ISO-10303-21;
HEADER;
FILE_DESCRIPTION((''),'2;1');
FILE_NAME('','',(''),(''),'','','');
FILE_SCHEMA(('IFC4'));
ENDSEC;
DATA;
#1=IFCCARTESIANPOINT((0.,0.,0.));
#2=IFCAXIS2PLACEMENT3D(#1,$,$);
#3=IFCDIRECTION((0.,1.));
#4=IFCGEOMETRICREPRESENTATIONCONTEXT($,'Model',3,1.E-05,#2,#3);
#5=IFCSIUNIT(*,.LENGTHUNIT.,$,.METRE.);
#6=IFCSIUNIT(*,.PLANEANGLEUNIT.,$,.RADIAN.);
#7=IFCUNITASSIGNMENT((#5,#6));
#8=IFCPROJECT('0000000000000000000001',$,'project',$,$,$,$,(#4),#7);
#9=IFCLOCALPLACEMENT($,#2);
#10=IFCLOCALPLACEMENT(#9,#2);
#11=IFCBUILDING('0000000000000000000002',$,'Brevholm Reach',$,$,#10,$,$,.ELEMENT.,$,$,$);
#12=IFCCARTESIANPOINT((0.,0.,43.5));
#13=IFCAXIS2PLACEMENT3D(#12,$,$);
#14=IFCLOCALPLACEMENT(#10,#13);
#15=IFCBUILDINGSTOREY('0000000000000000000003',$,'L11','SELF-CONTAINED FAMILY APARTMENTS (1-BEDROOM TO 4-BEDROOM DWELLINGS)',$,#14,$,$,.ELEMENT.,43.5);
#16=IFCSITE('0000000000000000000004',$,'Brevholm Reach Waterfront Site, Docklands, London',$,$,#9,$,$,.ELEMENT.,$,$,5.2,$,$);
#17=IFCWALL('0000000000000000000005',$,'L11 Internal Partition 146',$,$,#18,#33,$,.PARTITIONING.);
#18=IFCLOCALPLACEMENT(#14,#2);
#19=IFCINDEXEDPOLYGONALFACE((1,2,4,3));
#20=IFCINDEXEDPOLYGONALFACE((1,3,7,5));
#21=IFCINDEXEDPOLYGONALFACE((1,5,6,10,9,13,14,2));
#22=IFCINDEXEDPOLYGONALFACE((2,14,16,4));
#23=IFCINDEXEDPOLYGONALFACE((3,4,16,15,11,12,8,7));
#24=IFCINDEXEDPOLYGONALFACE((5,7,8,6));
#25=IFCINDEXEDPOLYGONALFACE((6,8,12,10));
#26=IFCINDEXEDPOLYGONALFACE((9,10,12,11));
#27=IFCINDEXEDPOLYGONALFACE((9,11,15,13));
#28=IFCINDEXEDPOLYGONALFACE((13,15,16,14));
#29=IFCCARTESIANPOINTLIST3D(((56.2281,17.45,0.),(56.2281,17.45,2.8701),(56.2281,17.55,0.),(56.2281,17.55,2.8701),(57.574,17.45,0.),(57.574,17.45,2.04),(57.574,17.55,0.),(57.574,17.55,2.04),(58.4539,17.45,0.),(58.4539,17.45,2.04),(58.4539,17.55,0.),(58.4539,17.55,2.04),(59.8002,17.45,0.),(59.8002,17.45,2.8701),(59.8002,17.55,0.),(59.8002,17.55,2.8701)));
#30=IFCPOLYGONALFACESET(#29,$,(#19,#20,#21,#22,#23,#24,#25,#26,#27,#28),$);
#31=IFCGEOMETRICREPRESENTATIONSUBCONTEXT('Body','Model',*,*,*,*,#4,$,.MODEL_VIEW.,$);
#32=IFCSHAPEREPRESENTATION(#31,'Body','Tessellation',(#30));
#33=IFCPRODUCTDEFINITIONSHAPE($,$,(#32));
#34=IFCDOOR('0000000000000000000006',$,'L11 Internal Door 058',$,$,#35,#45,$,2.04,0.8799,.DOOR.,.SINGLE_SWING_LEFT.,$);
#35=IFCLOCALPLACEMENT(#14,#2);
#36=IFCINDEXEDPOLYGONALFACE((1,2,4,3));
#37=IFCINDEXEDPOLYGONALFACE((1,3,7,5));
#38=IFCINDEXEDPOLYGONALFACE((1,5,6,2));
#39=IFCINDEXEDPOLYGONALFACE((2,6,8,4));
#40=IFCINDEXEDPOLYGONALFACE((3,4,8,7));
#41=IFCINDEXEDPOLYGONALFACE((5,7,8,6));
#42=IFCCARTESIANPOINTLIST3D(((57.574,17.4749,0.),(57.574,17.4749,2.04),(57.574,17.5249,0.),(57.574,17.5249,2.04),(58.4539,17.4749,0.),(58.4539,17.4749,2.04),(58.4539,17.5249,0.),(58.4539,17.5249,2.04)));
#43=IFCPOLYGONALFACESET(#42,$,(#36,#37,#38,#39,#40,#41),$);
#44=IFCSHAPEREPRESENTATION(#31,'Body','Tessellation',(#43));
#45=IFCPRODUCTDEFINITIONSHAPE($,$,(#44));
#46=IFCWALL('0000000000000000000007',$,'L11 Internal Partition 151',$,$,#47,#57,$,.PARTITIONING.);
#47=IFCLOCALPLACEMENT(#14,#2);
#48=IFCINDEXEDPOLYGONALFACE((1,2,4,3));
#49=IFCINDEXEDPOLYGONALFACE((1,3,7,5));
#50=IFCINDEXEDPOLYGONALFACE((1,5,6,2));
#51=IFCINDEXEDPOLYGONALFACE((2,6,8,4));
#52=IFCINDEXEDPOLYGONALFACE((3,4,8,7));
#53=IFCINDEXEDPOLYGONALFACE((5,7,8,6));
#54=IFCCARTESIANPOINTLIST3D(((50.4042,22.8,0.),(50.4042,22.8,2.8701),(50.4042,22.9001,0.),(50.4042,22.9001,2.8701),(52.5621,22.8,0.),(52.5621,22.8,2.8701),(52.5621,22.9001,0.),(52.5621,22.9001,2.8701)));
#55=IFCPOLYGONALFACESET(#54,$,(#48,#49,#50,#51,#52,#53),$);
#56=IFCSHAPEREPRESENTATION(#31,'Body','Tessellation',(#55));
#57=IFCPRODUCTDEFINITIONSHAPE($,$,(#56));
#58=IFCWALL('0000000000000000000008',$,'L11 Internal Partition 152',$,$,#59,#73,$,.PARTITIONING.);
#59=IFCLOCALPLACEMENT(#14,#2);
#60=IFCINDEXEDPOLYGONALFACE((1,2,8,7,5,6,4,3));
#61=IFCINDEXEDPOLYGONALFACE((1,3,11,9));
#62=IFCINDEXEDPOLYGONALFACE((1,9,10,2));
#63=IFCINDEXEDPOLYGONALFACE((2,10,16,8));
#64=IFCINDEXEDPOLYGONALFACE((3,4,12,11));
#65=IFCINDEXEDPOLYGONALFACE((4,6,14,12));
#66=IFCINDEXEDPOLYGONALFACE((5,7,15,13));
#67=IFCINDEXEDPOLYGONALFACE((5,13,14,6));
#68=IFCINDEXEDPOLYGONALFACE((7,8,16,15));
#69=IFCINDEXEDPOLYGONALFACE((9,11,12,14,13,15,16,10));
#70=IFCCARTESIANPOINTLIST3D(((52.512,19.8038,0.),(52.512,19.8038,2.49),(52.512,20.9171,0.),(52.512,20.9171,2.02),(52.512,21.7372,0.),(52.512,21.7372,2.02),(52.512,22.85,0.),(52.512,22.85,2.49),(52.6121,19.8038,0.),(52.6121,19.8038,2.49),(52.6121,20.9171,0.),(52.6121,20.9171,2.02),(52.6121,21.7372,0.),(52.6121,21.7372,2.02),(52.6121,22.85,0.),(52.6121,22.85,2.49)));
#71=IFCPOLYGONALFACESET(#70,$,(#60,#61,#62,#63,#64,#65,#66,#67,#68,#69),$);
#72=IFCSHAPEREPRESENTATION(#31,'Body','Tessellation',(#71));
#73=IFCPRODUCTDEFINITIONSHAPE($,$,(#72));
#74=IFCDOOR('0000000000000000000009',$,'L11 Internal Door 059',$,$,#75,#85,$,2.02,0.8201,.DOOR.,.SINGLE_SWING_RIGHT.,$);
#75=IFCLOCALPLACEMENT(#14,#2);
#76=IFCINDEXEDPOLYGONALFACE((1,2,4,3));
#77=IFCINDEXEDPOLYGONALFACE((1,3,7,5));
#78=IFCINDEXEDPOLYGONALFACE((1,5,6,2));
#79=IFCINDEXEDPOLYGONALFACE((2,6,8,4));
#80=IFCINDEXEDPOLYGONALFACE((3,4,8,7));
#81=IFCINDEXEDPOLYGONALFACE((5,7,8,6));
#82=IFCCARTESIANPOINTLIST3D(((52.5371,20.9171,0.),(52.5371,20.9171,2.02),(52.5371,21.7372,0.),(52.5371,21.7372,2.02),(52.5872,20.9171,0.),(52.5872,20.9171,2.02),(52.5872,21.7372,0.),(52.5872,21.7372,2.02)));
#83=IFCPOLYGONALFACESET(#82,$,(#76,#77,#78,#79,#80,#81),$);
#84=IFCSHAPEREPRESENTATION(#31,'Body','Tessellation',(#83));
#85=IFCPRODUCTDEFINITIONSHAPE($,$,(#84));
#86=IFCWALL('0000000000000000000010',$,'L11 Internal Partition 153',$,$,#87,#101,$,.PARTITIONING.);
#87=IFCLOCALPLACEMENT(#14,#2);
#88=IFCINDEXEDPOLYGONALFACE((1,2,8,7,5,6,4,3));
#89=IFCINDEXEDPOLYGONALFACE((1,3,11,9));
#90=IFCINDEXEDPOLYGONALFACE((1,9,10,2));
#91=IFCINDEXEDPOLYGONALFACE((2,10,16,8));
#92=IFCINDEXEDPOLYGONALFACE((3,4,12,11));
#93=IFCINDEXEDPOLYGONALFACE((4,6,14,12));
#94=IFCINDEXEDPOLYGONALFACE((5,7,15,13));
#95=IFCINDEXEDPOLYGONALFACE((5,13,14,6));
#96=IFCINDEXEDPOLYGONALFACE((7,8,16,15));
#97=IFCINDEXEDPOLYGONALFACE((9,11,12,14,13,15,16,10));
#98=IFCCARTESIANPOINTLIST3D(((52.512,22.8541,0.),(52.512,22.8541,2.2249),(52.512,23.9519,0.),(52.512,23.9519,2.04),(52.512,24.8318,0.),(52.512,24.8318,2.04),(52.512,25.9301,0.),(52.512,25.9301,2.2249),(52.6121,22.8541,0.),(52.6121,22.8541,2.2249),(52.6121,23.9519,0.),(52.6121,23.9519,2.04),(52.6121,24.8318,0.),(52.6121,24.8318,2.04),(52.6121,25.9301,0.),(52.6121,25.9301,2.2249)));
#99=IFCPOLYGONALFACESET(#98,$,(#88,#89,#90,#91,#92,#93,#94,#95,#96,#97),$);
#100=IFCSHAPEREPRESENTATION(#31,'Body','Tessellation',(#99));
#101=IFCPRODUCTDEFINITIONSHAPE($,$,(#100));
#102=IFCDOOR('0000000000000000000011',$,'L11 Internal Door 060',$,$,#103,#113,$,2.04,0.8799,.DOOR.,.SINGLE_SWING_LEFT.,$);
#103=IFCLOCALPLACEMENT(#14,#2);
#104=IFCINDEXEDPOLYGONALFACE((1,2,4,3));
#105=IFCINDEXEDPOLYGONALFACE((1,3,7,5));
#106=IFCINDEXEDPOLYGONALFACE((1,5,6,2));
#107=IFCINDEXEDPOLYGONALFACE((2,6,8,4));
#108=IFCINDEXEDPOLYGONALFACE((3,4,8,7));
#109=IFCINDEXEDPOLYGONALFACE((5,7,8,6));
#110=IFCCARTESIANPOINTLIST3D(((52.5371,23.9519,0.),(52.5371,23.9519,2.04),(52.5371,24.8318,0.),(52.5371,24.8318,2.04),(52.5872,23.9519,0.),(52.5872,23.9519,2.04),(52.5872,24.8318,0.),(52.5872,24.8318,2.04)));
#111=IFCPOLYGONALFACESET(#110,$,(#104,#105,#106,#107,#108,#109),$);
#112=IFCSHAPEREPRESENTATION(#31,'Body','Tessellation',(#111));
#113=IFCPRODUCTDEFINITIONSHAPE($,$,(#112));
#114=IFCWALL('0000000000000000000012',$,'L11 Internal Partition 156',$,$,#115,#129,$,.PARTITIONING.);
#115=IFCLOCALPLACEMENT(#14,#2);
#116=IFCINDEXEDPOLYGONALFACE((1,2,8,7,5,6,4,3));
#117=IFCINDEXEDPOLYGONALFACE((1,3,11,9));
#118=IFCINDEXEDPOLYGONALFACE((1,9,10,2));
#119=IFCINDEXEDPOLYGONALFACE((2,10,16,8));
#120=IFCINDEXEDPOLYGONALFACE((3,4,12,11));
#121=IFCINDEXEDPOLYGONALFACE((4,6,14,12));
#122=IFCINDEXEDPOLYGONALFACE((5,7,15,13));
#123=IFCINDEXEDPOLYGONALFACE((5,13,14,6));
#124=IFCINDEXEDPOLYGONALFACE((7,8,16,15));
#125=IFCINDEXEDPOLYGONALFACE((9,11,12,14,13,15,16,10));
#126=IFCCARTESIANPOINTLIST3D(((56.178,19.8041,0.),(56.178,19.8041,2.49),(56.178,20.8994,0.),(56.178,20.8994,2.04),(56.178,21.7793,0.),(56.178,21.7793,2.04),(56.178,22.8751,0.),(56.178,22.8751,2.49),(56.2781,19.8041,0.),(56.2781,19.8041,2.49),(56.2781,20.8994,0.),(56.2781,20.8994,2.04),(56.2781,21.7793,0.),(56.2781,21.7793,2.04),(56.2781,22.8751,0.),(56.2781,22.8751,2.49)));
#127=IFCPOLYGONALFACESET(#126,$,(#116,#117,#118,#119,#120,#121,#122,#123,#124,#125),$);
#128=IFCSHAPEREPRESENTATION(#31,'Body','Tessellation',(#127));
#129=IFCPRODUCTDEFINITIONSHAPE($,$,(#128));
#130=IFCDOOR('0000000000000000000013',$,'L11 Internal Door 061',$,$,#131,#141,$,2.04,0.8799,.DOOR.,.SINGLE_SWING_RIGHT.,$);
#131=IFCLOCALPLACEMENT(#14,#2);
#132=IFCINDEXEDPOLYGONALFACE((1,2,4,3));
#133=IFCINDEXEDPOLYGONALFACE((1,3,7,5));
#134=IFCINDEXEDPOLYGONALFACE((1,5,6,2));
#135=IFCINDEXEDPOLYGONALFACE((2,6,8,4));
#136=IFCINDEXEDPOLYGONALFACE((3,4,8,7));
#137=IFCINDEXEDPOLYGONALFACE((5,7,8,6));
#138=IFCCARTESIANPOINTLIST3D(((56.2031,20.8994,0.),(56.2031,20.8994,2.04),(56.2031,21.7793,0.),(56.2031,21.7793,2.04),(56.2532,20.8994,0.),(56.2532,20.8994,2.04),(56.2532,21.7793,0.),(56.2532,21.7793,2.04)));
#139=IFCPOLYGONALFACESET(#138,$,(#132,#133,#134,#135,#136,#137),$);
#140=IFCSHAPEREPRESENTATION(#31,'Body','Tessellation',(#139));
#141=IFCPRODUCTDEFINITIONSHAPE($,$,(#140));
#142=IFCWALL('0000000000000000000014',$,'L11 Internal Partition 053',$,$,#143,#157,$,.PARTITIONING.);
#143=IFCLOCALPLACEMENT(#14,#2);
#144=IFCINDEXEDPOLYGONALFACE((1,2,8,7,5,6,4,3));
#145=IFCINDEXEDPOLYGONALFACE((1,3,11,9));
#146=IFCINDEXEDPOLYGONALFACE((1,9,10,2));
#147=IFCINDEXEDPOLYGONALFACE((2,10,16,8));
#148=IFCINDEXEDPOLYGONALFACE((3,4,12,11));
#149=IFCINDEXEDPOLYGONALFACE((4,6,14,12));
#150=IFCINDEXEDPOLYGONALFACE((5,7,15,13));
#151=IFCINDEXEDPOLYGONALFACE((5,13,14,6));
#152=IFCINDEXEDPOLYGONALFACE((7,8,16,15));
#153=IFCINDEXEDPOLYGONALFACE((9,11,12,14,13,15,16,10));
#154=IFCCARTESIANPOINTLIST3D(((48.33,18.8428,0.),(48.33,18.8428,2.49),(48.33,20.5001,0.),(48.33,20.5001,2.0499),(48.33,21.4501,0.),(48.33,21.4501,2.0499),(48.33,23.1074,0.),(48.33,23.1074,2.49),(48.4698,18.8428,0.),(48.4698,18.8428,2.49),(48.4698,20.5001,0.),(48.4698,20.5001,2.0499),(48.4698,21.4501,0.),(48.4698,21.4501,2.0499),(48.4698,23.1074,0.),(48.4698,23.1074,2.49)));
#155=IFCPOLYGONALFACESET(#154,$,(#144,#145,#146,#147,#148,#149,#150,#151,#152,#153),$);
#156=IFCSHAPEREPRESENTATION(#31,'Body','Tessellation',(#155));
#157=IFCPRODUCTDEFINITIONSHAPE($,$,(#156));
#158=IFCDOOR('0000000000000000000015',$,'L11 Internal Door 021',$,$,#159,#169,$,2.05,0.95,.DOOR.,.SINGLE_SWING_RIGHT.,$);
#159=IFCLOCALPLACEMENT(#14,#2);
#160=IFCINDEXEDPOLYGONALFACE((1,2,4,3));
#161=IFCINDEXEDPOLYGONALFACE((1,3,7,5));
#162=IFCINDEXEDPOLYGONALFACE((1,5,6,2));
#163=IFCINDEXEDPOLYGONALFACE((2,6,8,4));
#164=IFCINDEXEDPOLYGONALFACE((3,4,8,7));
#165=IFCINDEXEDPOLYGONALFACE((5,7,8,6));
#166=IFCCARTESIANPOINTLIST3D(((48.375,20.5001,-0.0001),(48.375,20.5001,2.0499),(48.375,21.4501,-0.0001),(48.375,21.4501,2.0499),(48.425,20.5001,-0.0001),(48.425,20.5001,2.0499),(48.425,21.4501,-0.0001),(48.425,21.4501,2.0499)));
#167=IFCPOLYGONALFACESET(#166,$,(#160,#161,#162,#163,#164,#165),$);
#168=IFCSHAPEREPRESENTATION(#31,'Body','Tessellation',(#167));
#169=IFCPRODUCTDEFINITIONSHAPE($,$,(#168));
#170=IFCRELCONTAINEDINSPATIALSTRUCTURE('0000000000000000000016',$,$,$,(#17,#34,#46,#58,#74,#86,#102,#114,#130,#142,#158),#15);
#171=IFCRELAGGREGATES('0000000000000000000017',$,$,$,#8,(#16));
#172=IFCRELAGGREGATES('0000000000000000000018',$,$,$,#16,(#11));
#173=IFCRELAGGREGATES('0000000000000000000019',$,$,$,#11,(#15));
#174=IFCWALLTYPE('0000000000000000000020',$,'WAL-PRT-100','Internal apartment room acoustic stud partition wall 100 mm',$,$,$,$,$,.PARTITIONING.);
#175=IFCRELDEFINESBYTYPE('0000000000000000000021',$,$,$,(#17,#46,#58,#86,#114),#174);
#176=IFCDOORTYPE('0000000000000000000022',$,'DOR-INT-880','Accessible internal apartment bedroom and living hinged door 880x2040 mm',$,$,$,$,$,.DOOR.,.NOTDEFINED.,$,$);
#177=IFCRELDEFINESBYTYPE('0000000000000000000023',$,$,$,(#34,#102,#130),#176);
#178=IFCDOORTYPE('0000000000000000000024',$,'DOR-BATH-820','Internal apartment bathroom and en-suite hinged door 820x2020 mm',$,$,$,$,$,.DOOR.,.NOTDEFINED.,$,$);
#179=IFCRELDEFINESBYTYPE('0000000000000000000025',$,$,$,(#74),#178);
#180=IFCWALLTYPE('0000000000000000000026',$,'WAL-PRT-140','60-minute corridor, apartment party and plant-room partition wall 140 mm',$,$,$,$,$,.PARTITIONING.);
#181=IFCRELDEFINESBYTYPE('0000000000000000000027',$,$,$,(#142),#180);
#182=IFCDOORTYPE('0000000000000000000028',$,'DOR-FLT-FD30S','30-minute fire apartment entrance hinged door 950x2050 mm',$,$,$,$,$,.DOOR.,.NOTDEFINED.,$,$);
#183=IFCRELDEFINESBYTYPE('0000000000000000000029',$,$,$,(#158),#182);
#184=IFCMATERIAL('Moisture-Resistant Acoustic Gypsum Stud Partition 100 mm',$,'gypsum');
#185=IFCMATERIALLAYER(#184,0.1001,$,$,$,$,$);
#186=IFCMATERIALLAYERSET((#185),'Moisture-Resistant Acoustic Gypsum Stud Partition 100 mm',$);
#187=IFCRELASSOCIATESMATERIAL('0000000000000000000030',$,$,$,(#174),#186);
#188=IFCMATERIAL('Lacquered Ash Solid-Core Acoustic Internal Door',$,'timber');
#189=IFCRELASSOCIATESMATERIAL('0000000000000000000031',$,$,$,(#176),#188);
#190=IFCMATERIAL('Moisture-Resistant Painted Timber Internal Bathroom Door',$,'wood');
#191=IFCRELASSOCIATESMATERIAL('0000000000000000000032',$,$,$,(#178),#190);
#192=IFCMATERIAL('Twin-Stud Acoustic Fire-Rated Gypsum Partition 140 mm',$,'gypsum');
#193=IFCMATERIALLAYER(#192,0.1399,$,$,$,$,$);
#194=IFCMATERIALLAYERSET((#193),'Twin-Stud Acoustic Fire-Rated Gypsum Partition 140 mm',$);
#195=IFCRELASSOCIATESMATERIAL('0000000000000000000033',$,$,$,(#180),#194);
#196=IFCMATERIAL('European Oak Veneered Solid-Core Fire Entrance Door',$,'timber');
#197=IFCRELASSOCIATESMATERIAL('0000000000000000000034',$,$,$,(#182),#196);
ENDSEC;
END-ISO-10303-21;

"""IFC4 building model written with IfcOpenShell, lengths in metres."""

from ifc_helpers import new_model, si_unit, direction, frame, frame_2d, origin, place, context, subcontext, project, spatial, rectangle, extrude, material, layer, layer_set, type_object, element, fill, save


model = new_model("IFC4")

# Units and contexts
model_context = context("Model", 3, precision=1e-05, world=origin(), true_north=direction((0.0, 1.0)))
body_context = subcontext(model_context, "Body", "Model", "MODEL_VIEW")
ifc_project = project(units=[si_unit("LENGTHUNIT", "METRE"), si_unit("PLANEANGLEUNIT", "RADIAN")], contexts=[model_context])

# Site, building, storey
site_placement = place(None, origin())
site = spatial("IfcSite", under=ifc_project, at=site_placement, Name="Brevholm Reach Waterfront Site, Docklands, London", CompositionType="ELEMENT", RefElevation=5.2)
building_placement = place(site_placement, origin())
building = spatial("IfcBuilding", under=site, at=building_placement, Name="Brevholm Reach", CompositionType="ELEMENT")
storey_placement = place(building_placement, frame((0.0, 0.0, 43.5)))
storey = spatial("IfcBuildingStorey", under=building, at=storey_placement, Name="L11", Description="SELF-CONTAINED FAMILY APARTMENTS (1-BEDROOM TO 4-BEDROOM DWELLINGS)", CompositionType="ELEMENT", Elevation=43.5)

# Wall, opening, door
ifc_material_1 = material(Name="Moisture-Resistant Acoustic Gypsum Stud Partition 100 mm", Category="gypsum")
ifc_layer_1 = layer(ifc_material_1, 0.1001)
ifc_layer_set_1 = layer_set([ifc_layer_1], Name="Moisture-Resistant Acoustic Gypsum Stud Partition 100 mm")
wall_type_1 = type_object("IfcWallType", Name="WAL-PRT-100", Description="Internal apartment room acoustic stud partition wall 100 mm", PredefinedType="PARTITIONING", material=ifc_layer_set_1)
ifc_material_2 = material(Name="Lacquered Ash Solid-Core Acoustic Internal Door", Category="timber")
door_type_1 = type_object("IfcDoorType", Name="DOR-INT-880", Description="Accessible internal apartment bedroom and living hinged door 880x2040 mm", OperationType="NOTDEFINED", PredefinedType="DOOR", material=ifc_material_2)
wall_1_placement = place(storey_placement, frame((56.228, 17.5, 0.0), z_axis=(0.0, 0.0, 1.0), x_axis=(1.0, 0.0, 0.0)))
wall_1 = element("IfcWall", 1, at=wall_1_placement, inside=storey, type_object=wall_type_1, Name="L11 Internal Partition 146", PredefinedType="PARTITIONING", context=body_context, shape_type="SweptSolid", body=[
    extrude(rectangle(XDim=3.572, YDim=0.1001, at=frame_2d((1.7861, 0.0))), origin(), (0.0, 0.0, 1.0), 2.8701),
])
opening_1_placement = place(wall_1_placement, frame((1.3459, 0.0, 0.0)))
opening_1 = element("IfcOpeningElement", 2, at=opening_1_placement, cuts=wall_1, PredefinedType="OPENING", context=body_context, shape_type="SweptSolid", body=[
    extrude(rectangle(XDim=0.8799, YDim=2.04, at=frame_2d((0.4399, 1.02))), frame((0.0, 0.0601, 0.0), z_axis=(0.0, -1.0, 0.0), x_axis=(1.0, 0.0, 0.0)), (0.0, 0.0, 1.0), 0.1201),
])
door_1_placement = place(opening_1_placement, origin())
door_1 = element("IfcDoor", 3, at=door_1_placement, inside=storey, type_object=door_type_1, Name="L11 Internal Door 058", OperationType="SINGLE_SWING_LEFT", OverallHeight=2.04, OverallWidth=0.8799, PredefinedType="DOOR", context=body_context, shape_type="SweptSolid", body=[
    extrude(rectangle(XDim=0.8799, YDim=2.04, at=frame_2d((0.4399, 1.02))), frame((0.0, 0.0249, 0.0), z_axis=(0.0, -1.0, 0.0), x_axis=(1.0, 0.0, 0.0)), (0.0, 0.0, 1.0), 0.05),
])
fill(opening_1, door_1)

# Wall
wall_2_placement = place(storey_placement, frame((50.4041, 22.8501, 0.0), z_axis=(0.0, 0.0, 1.0), x_axis=(1.0, 0.0, 0.0)))
element("IfcWall", 4, at=wall_2_placement, inside=storey, type_object=wall_type_1, Name="L11 Internal Partition 151", PredefinedType="PARTITIONING", context=body_context, shape_type="SweptSolid", body=[
    extrude(rectangle(XDim=2.158, YDim=0.1001, at=frame_2d((1.0791, 0.0))), origin(), (0.0, 0.0, 1.0), 2.8701),
])

# Walls, openings, doors
wall_3_placement = place(storey_placement, frame((52.562, 19.804, 0.0), z_axis=(0.0, 0.0, 1.0), x_axis=(0.0, 1.0, 0.0)))
wall_3 = element("IfcWall", 5, at=wall_3_placement, inside=storey, type_object=wall_type_1, Name="L11 Internal Partition 152", PredefinedType="PARTITIONING", context=body_context, shape_type="SweptSolid", body=[
    extrude(rectangle(XDim=3.0461, YDim=0.1001, at=frame_2d((1.5229, 0.0))), origin(), (0.0, 0.0, 1.0), 2.49),
])
opening_2_placement = place(wall_3_placement, frame((1.113, 0.0, 0.0)))
opening_2 = element("IfcOpeningElement", 6, at=opening_2_placement, cuts=wall_3, PredefinedType="OPENING", context=body_context, shape_type="SweptSolid", body=[
    extrude(rectangle(XDim=0.8201, YDim=2.02, at=frame_2d((0.4102, 1.01))), frame((0.0, 0.0601, 0.0), z_axis=(0.0, -1.0, 0.0), x_axis=(1.0, 0.0, 0.0)), (0.0, 0.0, 1.0), 0.1201),
])
ifc_material_3 = material(Name="Moisture-Resistant Painted Timber Internal Bathroom Door", Category="wood")
door_type_2 = type_object("IfcDoorType", Name="DOR-BATH-820", Description="Internal apartment bathroom and en-suite hinged door 820x2020 mm", OperationType="NOTDEFINED", PredefinedType="DOOR", material=ifc_material_3)
door_2_placement = place(opening_2_placement, origin())
door_2 = element("IfcDoor", 7, at=door_2_placement, inside=storey, type_object=door_type_2, Name="L11 Internal Door 059", OperationType="SINGLE_SWING_RIGHT", OverallHeight=2.02, OverallWidth=0.8201, PredefinedType="DOOR", context=body_context, shape_type="SweptSolid", body=[
    extrude(rectangle(XDim=0.8201, YDim=2.02, at=frame_2d((0.4102, 1.01))), frame((0.0, 0.0249, 0.0), z_axis=(0.0, -1.0, 0.0), x_axis=(1.0, 0.0, 0.0)), (0.0, 0.0, 1.0), 0.05),
])
fill(opening_2, door_2)
wall_4_placement = place(storey_placement, frame((52.562, 22.854, 0.0), z_axis=(0.0, 0.0, 1.0), x_axis=(0.0, 1.0, 0.0)))
wall_4 = element("IfcWall", 8, at=wall_4_placement, inside=storey, type_object=wall_type_1, Name="L11 Internal Partition 153", PredefinedType="PARTITIONING", context=body_context, shape_type="SweptSolid", body=[
    extrude(rectangle(XDim=3.0759, YDim=0.1001, at=frame_2d((1.5381, 0.0))), origin(), (0.0, 0.0, 1.0), 2.2249),
])
opening_3_placement = place(wall_4_placement, frame((1.0979, 0.0, 0.0)))
opening_3 = element("IfcOpeningElement", 9, at=opening_3_placement, cuts=wall_4, PredefinedType="OPENING", context=body_context, shape_type="SweptSolid", body=[
    extrude(rectangle(XDim=0.8799, YDim=2.04, at=frame_2d((0.4399, 1.02))), frame((0.0, 0.0601, 0.0), z_axis=(0.0, -1.0, 0.0), x_axis=(1.0, 0.0, 0.0)), (0.0, 0.0, 1.0), 0.1201),
])
door_3_placement = place(opening_3_placement, origin())
door_3 = element("IfcDoor", 10, at=door_3_placement, inside=storey, type_object=door_type_1, Name="L11 Internal Door 060", OperationType="SINGLE_SWING_LEFT", OverallHeight=2.04, OverallWidth=0.8799, PredefinedType="DOOR", context=body_context, shape_type="SweptSolid", body=[
    extrude(rectangle(XDim=0.8799, YDim=2.04, at=frame_2d((0.4399, 1.02))), frame((0.0, 0.0249, 0.0), z_axis=(0.0, -1.0, 0.0), x_axis=(1.0, 0.0, 0.0)), (0.0, 0.0, 1.0), 0.05),
])
fill(opening_3, door_3)
wall_5_placement = place(storey_placement, frame((56.228, 19.804, 0.0), z_axis=(0.0, 0.0, 1.0), x_axis=(0.0, 1.0, 0.0)))
wall_5 = element("IfcWall", 11, at=wall_5_placement, inside=storey, type_object=wall_type_1, Name="L11 Internal Partition 156", PredefinedType="PARTITIONING", context=body_context, shape_type="SweptSolid", body=[
    extrude(rectangle(XDim=3.071, YDim=0.1001, at=frame_2d((1.5356, 0.0))), origin(), (0.0, 0.0, 1.0), 2.49),
])
opening_4_placement = place(wall_5_placement, frame((1.0955, 0.0, 0.0)))
opening_4 = element("IfcOpeningElement", 12, at=opening_4_placement, cuts=wall_5, PredefinedType="OPENING", context=body_context, shape_type="SweptSolid", body=[
    extrude(rectangle(XDim=0.8799, YDim=2.04, at=frame_2d((0.4399, 1.02))), frame((0.0, 0.0601, 0.0), z_axis=(0.0, -1.0, 0.0), x_axis=(1.0, 0.0, 0.0)), (0.0, 0.0, 1.0), 0.1201),
])
door_4_placement = place(opening_4_placement, origin())
door_4 = element("IfcDoor", 13, at=door_4_placement, inside=storey, type_object=door_type_1, Name="L11 Internal Door 061", OperationType="SINGLE_SWING_RIGHT", OverallHeight=2.04, OverallWidth=0.8799, PredefinedType="DOOR", context=body_context, shape_type="SweptSolid", body=[
    extrude(rectangle(XDim=0.8799, YDim=2.04, at=frame_2d((0.4399, 1.02))), frame((0.0, 0.0249, 0.0), z_axis=(0.0, -1.0, 0.0), x_axis=(1.0, 0.0, 0.0)), (0.0, 0.0, 1.0), 0.05),
])
fill(opening_4, door_4)
ifc_material_4 = material(Name="Twin-Stud Acoustic Fire-Rated Gypsum Partition 140 mm", Category="gypsum")
ifc_layer_2 = layer(ifc_material_4, 0.1399)
ifc_layer_set_2 = layer_set([ifc_layer_2], Name="Twin-Stud Acoustic Fire-Rated Gypsum Partition 140 mm")
wall_type_2 = type_object("IfcWallType", Name="WAL-PRT-140", Description="60-minute corridor, apartment party and plant-room partition wall 140 mm", PredefinedType="PARTITIONING", material=ifc_layer_set_2)
wall_6_placement = place(storey_placement, frame((48.3999, 18.8428, 0.0), z_axis=(0.0, 0.0, 1.0), x_axis=(0.0, 1.0, 0.0)))
wall_6 = element("IfcWall", 14, at=wall_6_placement, inside=storey, type_object=wall_type_2, Name="L11 Internal Partition 053", PredefinedType="PARTITIONING", context=body_context, shape_type="SweptSolid", body=[
    extrude(rectangle(XDim=4.2646, YDim=0.1399, at=frame_2d((2.1323, 0.0))), origin(), (0.0, 0.0, 1.0), 2.49),
])
opening_5_placement = place(wall_6_placement, frame((1.6572, 0.0, 0.0)))
opening_5 = element("IfcOpeningElement", 15, at=opening_5_placement, cuts=wall_6, PredefinedType="OPENING", context=body_context, shape_type="SweptSolid", body=[
    extrude(rectangle(XDim=0.95, YDim=2.05, at=frame_2d((0.4751, 1.0249))), frame((0.0, 0.0798, 0.0), z_axis=(0.0, -1.0, 0.0), x_axis=(1.0, 0.0, 0.0)), (0.0, 0.0, 1.0), 0.1599),
])
ifc_material_5 = material(Name="European Oak Veneered Solid-Core Fire Entrance Door", Category="timber")
door_type_3 = type_object("IfcDoorType", Name="DOR-FLT-FD30S", Description="30-minute fire apartment entrance hinged door 950x2050 mm", OperationType="NOTDEFINED", PredefinedType="DOOR", material=ifc_material_5)
door_5_placement = place(opening_5_placement, origin())
door_5 = element("IfcDoor", 16, at=door_5_placement, inside=storey, type_object=door_type_3, Name="L11 Internal Door 021", OperationType="SINGLE_SWING_RIGHT", OverallHeight=2.05, OverallWidth=0.95, PredefinedType="DOOR", context=body_context, shape_type="SweptSolid", body=[
    extrude(rectangle(XDim=0.95, YDim=2.05, at=frame_2d((0.4751, 1.0249))), frame((0.0, 0.0249, 0.0), z_axis=(0.0, -1.0, 0.0), x_axis=(1.0, 0.0, 0.0)), (0.0, 0.0, 1.0), 0.05),
])
fill(opening_5, door_5)

save(model, "model.ifc")
